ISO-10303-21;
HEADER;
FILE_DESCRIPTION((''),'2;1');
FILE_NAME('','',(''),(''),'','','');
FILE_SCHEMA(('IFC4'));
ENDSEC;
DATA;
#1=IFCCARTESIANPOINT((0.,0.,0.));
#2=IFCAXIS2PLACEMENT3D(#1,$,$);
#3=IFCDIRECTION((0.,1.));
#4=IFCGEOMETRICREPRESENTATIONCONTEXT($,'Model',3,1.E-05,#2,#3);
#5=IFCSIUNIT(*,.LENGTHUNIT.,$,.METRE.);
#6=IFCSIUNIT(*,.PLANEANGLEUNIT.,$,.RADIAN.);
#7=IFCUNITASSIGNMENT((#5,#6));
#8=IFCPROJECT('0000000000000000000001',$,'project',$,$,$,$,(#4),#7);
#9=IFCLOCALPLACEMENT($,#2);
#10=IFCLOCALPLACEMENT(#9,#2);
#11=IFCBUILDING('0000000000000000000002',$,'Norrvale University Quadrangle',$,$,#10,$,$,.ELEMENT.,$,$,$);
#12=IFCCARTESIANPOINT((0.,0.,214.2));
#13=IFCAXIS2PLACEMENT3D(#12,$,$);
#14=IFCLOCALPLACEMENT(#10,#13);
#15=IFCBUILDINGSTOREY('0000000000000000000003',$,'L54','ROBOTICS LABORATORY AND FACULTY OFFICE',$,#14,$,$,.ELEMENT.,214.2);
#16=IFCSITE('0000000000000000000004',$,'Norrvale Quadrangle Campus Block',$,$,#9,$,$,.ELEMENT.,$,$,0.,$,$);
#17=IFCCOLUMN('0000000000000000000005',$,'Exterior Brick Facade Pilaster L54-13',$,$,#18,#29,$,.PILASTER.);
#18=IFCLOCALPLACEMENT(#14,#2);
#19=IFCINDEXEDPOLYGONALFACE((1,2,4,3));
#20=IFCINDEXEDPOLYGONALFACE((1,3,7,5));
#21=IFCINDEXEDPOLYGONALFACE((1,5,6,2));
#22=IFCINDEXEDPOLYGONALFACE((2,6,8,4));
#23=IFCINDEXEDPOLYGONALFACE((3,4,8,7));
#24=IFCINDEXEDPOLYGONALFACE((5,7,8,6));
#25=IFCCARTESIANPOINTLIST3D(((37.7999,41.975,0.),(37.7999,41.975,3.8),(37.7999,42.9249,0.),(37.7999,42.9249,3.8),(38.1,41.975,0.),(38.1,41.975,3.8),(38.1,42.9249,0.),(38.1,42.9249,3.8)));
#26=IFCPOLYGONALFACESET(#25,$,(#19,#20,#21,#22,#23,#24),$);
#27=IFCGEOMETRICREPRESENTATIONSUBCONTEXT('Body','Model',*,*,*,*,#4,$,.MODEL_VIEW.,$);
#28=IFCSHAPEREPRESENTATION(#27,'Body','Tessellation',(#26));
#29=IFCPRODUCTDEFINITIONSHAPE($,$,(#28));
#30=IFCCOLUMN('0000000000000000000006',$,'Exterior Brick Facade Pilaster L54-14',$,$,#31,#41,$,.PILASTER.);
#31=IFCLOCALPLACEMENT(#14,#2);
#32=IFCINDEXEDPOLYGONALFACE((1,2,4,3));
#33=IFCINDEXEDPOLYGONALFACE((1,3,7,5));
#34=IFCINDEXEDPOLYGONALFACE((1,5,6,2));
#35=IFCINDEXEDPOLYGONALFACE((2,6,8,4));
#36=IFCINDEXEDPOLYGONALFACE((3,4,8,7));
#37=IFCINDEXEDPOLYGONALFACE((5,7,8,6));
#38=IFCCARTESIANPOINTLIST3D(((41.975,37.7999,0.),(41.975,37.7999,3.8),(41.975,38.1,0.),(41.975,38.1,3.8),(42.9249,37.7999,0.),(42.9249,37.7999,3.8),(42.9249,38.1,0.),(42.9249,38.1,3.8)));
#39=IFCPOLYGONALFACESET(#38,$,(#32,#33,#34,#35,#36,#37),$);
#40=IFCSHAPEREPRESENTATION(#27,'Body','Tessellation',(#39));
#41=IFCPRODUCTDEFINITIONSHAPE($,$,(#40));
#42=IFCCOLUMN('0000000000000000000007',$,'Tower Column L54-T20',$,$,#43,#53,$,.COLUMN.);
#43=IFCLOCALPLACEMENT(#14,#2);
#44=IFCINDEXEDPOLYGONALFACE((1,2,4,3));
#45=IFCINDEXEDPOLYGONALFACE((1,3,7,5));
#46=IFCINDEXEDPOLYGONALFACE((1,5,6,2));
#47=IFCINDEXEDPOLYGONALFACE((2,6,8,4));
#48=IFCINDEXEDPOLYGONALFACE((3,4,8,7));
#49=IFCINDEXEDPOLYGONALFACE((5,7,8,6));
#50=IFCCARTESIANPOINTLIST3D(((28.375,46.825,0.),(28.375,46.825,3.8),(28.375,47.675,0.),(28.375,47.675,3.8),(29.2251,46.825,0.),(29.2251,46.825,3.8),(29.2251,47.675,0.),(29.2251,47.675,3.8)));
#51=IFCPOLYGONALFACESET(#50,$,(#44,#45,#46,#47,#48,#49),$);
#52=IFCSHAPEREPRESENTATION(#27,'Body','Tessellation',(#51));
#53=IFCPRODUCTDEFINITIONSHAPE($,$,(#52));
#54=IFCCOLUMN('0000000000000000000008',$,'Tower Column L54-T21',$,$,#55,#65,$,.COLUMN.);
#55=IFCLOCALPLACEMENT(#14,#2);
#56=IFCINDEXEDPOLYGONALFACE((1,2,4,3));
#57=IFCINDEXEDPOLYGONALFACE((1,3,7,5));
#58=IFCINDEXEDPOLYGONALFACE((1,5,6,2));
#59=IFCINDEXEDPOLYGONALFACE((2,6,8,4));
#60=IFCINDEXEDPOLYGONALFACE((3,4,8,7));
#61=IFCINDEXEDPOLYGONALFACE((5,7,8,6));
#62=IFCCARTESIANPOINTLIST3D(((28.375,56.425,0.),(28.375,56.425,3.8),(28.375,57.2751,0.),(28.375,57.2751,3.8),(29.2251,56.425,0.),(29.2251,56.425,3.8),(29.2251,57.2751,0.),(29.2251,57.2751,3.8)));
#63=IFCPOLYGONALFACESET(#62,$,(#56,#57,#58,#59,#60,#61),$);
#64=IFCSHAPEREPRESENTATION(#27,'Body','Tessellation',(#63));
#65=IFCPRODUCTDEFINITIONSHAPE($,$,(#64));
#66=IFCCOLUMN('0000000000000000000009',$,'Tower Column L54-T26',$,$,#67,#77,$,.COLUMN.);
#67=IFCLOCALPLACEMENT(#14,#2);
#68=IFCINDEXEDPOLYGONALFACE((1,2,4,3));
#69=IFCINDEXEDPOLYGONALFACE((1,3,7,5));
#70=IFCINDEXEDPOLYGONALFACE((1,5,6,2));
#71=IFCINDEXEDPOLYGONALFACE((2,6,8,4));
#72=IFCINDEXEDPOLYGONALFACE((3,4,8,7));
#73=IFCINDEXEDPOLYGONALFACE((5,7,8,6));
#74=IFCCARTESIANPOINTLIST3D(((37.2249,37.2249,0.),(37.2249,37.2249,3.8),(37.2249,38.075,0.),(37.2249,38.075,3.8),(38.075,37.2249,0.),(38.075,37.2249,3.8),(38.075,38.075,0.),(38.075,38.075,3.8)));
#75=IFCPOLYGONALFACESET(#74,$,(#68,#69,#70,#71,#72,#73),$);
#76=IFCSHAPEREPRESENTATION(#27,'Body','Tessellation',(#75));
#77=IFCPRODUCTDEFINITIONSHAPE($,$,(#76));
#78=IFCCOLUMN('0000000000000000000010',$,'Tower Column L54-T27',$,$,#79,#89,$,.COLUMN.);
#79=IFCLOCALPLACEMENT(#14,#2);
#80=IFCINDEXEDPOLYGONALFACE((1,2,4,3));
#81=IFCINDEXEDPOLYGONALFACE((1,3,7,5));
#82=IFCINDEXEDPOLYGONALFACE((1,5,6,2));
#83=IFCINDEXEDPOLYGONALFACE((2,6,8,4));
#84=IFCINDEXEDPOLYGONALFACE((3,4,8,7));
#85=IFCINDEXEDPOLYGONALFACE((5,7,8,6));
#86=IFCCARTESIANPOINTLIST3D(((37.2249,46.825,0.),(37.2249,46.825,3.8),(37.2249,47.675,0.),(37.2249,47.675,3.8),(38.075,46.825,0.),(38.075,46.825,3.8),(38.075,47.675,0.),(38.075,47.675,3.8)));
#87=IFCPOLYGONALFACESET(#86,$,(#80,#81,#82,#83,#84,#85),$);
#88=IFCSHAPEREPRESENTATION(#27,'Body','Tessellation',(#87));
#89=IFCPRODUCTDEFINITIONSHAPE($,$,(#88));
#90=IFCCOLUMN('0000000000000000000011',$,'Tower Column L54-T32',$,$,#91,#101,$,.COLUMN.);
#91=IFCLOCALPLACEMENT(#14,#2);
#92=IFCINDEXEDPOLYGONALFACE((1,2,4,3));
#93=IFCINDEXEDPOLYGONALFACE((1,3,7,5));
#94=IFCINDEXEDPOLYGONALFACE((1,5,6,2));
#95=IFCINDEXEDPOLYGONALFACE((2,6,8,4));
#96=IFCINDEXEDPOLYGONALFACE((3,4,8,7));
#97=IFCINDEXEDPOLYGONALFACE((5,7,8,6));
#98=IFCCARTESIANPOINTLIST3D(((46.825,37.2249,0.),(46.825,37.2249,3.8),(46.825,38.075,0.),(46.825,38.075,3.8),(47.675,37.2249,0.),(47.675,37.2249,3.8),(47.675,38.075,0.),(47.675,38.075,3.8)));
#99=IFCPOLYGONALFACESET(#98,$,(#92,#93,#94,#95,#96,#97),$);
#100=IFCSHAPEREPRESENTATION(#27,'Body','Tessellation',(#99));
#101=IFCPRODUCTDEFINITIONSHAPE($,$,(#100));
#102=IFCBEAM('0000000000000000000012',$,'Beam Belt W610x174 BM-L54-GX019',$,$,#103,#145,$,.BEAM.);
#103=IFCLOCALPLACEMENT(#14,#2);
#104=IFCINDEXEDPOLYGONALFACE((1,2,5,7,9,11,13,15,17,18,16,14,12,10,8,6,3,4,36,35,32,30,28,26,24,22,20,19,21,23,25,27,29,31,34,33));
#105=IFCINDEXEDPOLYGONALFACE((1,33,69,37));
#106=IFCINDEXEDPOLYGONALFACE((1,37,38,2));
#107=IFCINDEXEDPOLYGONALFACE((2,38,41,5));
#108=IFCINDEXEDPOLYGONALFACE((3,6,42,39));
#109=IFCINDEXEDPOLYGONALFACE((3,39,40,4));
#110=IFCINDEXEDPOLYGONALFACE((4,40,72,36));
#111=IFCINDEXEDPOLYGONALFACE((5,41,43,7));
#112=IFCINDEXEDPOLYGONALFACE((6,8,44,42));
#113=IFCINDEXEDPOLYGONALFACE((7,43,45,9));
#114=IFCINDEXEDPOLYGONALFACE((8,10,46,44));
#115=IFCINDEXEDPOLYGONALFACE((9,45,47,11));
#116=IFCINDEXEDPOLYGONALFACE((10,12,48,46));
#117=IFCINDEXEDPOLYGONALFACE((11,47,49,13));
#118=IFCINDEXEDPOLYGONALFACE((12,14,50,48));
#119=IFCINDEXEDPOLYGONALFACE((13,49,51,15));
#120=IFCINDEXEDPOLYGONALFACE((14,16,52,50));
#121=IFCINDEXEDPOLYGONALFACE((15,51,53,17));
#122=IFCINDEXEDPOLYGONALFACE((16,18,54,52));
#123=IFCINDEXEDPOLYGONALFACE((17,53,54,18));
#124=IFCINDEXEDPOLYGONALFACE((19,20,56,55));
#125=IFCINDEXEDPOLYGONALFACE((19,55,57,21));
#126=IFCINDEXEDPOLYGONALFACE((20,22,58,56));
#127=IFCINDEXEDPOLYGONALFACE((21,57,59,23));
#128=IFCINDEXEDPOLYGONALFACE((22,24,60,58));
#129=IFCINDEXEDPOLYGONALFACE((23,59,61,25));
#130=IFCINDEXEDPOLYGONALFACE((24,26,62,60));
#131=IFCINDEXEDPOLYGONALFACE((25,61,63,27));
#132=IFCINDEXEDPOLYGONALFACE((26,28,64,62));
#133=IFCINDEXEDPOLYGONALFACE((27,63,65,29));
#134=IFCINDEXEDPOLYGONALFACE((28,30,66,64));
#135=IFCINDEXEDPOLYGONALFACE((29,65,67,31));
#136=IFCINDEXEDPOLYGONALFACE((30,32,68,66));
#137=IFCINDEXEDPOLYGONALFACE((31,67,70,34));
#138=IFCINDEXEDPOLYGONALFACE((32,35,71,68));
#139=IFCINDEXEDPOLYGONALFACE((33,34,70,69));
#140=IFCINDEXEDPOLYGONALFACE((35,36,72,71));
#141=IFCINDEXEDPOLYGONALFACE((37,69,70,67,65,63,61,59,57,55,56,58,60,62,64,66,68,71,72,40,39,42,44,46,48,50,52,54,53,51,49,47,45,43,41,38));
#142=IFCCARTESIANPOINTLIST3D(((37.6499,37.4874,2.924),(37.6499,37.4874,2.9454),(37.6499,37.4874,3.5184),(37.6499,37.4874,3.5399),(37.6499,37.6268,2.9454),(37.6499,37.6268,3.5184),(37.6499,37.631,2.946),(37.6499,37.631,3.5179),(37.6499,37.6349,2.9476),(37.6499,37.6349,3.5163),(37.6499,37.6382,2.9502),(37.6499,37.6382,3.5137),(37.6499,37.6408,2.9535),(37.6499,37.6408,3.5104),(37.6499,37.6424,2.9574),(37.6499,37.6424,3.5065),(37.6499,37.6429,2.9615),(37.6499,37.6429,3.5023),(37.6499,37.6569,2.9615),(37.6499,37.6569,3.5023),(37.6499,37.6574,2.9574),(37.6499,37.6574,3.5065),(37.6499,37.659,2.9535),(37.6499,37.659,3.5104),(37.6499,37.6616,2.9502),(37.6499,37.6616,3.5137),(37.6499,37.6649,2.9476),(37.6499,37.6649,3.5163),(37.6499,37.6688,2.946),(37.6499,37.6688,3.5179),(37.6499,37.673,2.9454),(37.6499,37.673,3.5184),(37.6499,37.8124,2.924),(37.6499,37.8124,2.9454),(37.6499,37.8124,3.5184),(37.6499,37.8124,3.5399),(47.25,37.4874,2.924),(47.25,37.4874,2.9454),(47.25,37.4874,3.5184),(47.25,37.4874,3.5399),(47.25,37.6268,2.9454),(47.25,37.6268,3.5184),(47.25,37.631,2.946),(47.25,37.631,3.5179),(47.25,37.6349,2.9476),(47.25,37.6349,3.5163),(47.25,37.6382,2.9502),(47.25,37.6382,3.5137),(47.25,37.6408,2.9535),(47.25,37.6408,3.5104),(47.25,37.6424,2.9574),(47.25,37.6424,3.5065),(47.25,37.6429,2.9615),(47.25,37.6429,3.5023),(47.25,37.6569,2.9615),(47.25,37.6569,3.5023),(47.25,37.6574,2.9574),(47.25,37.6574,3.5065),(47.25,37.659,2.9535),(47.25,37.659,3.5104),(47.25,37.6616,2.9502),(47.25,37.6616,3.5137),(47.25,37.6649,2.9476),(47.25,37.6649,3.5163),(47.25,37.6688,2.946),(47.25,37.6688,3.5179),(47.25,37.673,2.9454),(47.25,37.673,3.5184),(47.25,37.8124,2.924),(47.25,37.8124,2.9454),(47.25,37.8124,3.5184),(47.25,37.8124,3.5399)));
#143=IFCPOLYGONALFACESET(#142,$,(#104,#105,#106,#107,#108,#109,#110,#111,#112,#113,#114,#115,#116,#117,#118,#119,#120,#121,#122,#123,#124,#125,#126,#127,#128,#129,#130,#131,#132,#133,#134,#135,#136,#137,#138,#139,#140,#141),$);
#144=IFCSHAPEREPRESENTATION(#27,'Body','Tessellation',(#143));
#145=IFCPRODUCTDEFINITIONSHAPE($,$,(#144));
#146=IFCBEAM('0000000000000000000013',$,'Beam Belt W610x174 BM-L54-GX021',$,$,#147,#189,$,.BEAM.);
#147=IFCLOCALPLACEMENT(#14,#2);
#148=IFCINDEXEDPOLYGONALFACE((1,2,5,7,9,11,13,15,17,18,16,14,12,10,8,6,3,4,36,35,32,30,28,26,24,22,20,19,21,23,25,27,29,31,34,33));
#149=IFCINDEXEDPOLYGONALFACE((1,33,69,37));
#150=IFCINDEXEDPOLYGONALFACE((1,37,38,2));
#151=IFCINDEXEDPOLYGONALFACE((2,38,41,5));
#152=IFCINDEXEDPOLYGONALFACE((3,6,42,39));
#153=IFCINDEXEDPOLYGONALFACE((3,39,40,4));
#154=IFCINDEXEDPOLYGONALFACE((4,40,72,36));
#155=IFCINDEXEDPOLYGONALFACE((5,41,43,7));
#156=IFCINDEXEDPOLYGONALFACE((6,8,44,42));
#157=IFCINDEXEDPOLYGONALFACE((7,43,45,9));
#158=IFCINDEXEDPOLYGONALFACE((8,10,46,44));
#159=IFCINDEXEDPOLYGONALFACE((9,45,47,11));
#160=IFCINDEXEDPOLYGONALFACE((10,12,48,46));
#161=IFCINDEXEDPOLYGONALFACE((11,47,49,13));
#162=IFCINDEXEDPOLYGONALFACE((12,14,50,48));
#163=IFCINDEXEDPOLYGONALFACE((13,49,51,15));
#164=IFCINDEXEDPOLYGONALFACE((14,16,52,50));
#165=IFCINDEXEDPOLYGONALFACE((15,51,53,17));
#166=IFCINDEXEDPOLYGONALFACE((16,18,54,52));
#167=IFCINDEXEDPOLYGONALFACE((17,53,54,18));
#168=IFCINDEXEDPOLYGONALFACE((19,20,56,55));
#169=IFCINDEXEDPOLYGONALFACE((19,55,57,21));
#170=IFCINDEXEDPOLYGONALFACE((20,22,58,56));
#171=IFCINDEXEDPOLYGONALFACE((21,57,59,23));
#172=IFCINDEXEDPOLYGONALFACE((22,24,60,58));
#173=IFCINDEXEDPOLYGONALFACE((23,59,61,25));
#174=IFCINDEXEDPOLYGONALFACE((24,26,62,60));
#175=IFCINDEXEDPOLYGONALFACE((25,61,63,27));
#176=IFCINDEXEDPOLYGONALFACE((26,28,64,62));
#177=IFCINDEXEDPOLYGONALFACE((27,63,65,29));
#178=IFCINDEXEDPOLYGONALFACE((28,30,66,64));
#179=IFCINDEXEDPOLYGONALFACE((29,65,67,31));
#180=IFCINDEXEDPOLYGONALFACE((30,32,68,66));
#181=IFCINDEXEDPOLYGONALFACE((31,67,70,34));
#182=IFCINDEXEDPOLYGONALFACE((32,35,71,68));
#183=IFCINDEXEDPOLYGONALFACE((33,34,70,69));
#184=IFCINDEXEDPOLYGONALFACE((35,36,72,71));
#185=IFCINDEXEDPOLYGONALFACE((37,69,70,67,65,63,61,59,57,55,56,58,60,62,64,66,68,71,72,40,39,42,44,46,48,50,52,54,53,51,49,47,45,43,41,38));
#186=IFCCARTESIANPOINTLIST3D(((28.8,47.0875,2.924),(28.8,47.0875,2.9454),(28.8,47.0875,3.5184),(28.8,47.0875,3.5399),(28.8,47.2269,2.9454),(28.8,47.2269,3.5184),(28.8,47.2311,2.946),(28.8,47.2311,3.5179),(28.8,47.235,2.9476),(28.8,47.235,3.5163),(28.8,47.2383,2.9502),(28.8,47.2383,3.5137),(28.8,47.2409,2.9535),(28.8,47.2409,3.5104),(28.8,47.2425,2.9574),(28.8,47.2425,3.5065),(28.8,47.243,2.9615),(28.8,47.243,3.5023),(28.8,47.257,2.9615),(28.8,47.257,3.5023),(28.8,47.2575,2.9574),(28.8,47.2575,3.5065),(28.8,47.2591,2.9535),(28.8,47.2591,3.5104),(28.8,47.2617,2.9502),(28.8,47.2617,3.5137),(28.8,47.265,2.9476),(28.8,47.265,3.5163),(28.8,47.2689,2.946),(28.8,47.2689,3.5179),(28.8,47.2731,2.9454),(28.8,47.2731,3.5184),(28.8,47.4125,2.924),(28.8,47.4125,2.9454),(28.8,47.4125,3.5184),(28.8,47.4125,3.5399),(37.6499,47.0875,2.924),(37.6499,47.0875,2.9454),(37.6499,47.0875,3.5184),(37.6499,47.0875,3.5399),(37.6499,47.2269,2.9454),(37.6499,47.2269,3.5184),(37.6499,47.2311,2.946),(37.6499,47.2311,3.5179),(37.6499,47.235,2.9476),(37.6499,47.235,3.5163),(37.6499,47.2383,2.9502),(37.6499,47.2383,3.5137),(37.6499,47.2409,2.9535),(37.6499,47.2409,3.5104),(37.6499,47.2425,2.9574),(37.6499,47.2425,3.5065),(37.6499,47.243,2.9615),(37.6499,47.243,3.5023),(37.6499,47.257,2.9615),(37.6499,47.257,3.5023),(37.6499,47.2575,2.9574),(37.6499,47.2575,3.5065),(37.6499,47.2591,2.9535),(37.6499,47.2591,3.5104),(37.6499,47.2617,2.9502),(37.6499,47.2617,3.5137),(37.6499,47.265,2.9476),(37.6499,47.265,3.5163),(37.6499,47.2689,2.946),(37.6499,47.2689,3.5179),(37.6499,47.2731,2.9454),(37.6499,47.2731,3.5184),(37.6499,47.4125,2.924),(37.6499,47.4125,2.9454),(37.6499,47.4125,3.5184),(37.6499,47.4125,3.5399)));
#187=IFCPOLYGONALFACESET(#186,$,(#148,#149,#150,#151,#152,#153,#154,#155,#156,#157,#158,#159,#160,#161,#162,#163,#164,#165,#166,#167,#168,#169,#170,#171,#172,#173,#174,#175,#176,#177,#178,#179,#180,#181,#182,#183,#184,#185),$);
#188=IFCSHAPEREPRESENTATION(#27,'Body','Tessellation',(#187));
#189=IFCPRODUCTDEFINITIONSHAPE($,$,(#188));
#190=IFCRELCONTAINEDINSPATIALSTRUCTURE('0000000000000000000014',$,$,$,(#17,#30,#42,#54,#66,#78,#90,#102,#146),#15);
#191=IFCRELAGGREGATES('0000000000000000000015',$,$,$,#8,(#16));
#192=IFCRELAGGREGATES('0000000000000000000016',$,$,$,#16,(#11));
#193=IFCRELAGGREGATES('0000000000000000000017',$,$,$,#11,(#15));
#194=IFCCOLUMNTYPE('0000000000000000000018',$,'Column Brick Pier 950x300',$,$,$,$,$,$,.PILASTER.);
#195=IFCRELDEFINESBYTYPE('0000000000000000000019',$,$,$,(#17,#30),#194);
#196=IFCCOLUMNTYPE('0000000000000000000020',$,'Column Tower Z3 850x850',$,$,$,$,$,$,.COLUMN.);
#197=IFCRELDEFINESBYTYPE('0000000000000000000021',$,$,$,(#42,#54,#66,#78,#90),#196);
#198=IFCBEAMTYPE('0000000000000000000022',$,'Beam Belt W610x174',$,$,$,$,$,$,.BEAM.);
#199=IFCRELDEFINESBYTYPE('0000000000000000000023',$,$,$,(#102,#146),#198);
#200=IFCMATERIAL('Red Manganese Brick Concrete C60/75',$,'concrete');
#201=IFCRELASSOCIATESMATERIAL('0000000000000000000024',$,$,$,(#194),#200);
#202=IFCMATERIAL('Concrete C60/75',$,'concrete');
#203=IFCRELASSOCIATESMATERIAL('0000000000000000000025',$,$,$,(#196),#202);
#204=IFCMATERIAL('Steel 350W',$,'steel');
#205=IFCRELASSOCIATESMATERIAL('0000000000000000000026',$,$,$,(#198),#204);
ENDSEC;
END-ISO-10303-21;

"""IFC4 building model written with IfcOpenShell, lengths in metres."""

from ifc_helpers import new_model, si_unit, direction, frame, origin, origin_2d, place, context, subcontext, project, spatial, rectangle, i_section, extrude, material, material_profile, profile_set, type_object, element, save


model = new_model("IFC4")

# Units and contexts
model_context = context("Model", 3, precision=1e-05, world=origin(), true_north=direction((0.0, 1.0)))
body_context = subcontext(model_context, "Body", "Model", "MODEL_VIEW")
ifc_project = project(units=[si_unit("LENGTHUNIT", "METRE"), si_unit("PLANEANGLEUNIT", "RADIAN")], contexts=[model_context])

# Site, building, storey
site_placement = place(None, origin())
site = spatial("IfcSite", under=ifc_project, at=site_placement, Name="Norrvale Quadrangle Campus Block", CompositionType="ELEMENT", RefElevation=0.0)
building_placement = place(site_placement, origin())
building = spatial("IfcBuilding", under=site, at=building_placement, Name="Norrvale University Quadrangle", CompositionType="ELEMENT")
storey_placement = place(building_placement, frame((0.0, 0.0, 214.2)))
storey = spatial("IfcBuildingStorey", under=building, at=storey_placement, Name="L54", Description="ROBOTICS LABORATORY AND FACULTY OFFICE", CompositionType="ELEMENT", Elevation=214.2)

# Columns
ifc_material_1 = material(Name="Red Manganese Brick Concrete C60/75", Category="concrete")
ifc_material_profile_1 = material_profile(ifc_material_1, rectangle(XDim=0.95, YDim=0.3, at=origin_2d()), Name="Red Manganese Brick Concrete C60/75")
ifc_profile_set_1 = profile_set([ifc_material_profile_1], Name="Red Manganese Brick Concrete C60/75")
column_type_1 = type_object("IfcColumnType", Name="Column Brick Pier 950x300", PredefinedType="PILASTER", material=ifc_profile_set_1)
for number, where, z_axis, x_axis, name in (
    (1, (37.95, 42.45, 0.0), (0.0, 0.0, 1.0), (0.0, 1.0, 0.0), "Exterior Brick Facade Pilaster L54-13"),
    (2, (42.45, 37.95, 0.0), (0.0, 0.0, 1.0), (1.0, 0.0, 0.0), "Exterior Brick Facade Pilaster L54-14"),
):
    element("IfcColumn", number, at=place(storey_placement, frame(where, z_axis=z_axis, x_axis=x_axis)), inside=storey, type_object=column_type_1, Name=name, PredefinedType="PILASTER", context=body_context, shape_type="SweptSolid", body=[
        extrude(rectangle(XDim=0.95, YDim=0.3, at=origin_2d()), origin(), (0.0, 0.0, 1.0), 3.8),
    ])
ifc_material_2 = material(Name="Concrete C60/75", Category="concrete")
ifc_material_profile_2 = material_profile(ifc_material_2, rectangle(XDim=0.8501, YDim=0.8501, at=origin_2d()), Name="Concrete C60/75")
ifc_profile_set_2 = profile_set([ifc_material_profile_2], Name="Concrete C60/75")
column_type_2 = type_object("IfcColumnType", Name="Column Tower Z3 850x850", PredefinedType="COLUMN", material=ifc_profile_set_2)
for number, where, z_axis, x_axis, name in (
    (3, (28.8, 47.25, 0.0), (0.0, 0.0, 1.0), (1.0, 0.0, 0.0), "Tower Column L54-T20"),
    (4, (28.8, 56.8501, 0.0), (0.0, 0.0, 1.0), (1.0, 0.0, 0.0), "Tower Column L54-T21"),
    (5, (37.6499, 37.6499, 0.0), (0.0, 0.0, 1.0), (1.0, 0.0, 0.0), "Tower Column L54-T26"),
    (6, (37.6499, 47.25, 0.0), (0.0, 0.0, 1.0), (1.0, 0.0, 0.0), "Tower Column L54-T27"),
    (7, (47.25, 37.6499, 0.0), (0.0, 0.0, 1.0), (1.0, 0.0, 0.0), "Tower Column L54-T32"),
):
    element("IfcColumn", number, at=place(storey_placement, frame(where, z_axis=z_axis, x_axis=x_axis)), inside=storey, type_object=column_type_2, Name=name, PredefinedType="COLUMN", context=body_context, shape_type="SweptSolid", body=[
        extrude(rectangle(XDim=0.8501, YDim=0.8501, at=origin_2d()), origin(), (0.0, 0.0, 1.0), 3.8),
    ])

# Beams
ifc_material_3 = material(Name="Steel 350W", Category="steel")
ifc_material_profile_3 = material_profile(ifc_material_3, i_section(OverallWidth=0.325, OverallDepth=0.616, WebThickness=0.0139, FlangeThickness=0.0215, FilletRadius=0.0161, at=origin_2d()), Name="Steel 350W")
ifc_profile_set_3 = profile_set([ifc_material_profile_3], Name="Steel 350W")
beam_type_1 = type_object("IfcBeamType", Name="Beam Belt W610x174", PredefinedType="BEAM", material=ifc_profile_set_3)
beam_1_placement = place(storey_placement, frame((37.6499, 37.6499, 3.2319), z_axis=(1.0, 0.0, 0.0), x_axis=(0.0, 1.0, 0.0)))
element("IfcBeam", 8, at=beam_1_placement, inside=storey, type_object=beam_type_1, Name="Beam Belt W610x174 BM-L54-GX019", PredefinedType="BEAM", context=body_context, shape_type="SweptSolid", body=[
    extrude(i_section(OverallWidth=0.325, OverallDepth=0.616, WebThickness=0.0139, FlangeThickness=0.0215, FilletRadius=0.0161, at=origin_2d()), origin(), (0.0, 0.0, 1.0), 9.6001),
])
beam_2_placement = place(storey_placement, frame((28.8, 47.25, 3.2319), z_axis=(1.0, 0.0, 0.0), x_axis=(0.0, 1.0, 0.0)))
element("IfcBeam", 9, at=beam_2_placement, inside=storey, type_object=beam_type_1, Name="Beam Belt W610x174 BM-L54-GX021", PredefinedType="BEAM", context=body_context, shape_type="SweptSolid", body=[
    extrude(i_section(OverallWidth=0.325, OverallDepth=0.616, WebThickness=0.0139, FlangeThickness=0.0215, FilletRadius=0.0161, at=origin_2d()), origin(), (0.0, 0.0, 1.0), 8.8499),
])

save(model, "model.ifc")
